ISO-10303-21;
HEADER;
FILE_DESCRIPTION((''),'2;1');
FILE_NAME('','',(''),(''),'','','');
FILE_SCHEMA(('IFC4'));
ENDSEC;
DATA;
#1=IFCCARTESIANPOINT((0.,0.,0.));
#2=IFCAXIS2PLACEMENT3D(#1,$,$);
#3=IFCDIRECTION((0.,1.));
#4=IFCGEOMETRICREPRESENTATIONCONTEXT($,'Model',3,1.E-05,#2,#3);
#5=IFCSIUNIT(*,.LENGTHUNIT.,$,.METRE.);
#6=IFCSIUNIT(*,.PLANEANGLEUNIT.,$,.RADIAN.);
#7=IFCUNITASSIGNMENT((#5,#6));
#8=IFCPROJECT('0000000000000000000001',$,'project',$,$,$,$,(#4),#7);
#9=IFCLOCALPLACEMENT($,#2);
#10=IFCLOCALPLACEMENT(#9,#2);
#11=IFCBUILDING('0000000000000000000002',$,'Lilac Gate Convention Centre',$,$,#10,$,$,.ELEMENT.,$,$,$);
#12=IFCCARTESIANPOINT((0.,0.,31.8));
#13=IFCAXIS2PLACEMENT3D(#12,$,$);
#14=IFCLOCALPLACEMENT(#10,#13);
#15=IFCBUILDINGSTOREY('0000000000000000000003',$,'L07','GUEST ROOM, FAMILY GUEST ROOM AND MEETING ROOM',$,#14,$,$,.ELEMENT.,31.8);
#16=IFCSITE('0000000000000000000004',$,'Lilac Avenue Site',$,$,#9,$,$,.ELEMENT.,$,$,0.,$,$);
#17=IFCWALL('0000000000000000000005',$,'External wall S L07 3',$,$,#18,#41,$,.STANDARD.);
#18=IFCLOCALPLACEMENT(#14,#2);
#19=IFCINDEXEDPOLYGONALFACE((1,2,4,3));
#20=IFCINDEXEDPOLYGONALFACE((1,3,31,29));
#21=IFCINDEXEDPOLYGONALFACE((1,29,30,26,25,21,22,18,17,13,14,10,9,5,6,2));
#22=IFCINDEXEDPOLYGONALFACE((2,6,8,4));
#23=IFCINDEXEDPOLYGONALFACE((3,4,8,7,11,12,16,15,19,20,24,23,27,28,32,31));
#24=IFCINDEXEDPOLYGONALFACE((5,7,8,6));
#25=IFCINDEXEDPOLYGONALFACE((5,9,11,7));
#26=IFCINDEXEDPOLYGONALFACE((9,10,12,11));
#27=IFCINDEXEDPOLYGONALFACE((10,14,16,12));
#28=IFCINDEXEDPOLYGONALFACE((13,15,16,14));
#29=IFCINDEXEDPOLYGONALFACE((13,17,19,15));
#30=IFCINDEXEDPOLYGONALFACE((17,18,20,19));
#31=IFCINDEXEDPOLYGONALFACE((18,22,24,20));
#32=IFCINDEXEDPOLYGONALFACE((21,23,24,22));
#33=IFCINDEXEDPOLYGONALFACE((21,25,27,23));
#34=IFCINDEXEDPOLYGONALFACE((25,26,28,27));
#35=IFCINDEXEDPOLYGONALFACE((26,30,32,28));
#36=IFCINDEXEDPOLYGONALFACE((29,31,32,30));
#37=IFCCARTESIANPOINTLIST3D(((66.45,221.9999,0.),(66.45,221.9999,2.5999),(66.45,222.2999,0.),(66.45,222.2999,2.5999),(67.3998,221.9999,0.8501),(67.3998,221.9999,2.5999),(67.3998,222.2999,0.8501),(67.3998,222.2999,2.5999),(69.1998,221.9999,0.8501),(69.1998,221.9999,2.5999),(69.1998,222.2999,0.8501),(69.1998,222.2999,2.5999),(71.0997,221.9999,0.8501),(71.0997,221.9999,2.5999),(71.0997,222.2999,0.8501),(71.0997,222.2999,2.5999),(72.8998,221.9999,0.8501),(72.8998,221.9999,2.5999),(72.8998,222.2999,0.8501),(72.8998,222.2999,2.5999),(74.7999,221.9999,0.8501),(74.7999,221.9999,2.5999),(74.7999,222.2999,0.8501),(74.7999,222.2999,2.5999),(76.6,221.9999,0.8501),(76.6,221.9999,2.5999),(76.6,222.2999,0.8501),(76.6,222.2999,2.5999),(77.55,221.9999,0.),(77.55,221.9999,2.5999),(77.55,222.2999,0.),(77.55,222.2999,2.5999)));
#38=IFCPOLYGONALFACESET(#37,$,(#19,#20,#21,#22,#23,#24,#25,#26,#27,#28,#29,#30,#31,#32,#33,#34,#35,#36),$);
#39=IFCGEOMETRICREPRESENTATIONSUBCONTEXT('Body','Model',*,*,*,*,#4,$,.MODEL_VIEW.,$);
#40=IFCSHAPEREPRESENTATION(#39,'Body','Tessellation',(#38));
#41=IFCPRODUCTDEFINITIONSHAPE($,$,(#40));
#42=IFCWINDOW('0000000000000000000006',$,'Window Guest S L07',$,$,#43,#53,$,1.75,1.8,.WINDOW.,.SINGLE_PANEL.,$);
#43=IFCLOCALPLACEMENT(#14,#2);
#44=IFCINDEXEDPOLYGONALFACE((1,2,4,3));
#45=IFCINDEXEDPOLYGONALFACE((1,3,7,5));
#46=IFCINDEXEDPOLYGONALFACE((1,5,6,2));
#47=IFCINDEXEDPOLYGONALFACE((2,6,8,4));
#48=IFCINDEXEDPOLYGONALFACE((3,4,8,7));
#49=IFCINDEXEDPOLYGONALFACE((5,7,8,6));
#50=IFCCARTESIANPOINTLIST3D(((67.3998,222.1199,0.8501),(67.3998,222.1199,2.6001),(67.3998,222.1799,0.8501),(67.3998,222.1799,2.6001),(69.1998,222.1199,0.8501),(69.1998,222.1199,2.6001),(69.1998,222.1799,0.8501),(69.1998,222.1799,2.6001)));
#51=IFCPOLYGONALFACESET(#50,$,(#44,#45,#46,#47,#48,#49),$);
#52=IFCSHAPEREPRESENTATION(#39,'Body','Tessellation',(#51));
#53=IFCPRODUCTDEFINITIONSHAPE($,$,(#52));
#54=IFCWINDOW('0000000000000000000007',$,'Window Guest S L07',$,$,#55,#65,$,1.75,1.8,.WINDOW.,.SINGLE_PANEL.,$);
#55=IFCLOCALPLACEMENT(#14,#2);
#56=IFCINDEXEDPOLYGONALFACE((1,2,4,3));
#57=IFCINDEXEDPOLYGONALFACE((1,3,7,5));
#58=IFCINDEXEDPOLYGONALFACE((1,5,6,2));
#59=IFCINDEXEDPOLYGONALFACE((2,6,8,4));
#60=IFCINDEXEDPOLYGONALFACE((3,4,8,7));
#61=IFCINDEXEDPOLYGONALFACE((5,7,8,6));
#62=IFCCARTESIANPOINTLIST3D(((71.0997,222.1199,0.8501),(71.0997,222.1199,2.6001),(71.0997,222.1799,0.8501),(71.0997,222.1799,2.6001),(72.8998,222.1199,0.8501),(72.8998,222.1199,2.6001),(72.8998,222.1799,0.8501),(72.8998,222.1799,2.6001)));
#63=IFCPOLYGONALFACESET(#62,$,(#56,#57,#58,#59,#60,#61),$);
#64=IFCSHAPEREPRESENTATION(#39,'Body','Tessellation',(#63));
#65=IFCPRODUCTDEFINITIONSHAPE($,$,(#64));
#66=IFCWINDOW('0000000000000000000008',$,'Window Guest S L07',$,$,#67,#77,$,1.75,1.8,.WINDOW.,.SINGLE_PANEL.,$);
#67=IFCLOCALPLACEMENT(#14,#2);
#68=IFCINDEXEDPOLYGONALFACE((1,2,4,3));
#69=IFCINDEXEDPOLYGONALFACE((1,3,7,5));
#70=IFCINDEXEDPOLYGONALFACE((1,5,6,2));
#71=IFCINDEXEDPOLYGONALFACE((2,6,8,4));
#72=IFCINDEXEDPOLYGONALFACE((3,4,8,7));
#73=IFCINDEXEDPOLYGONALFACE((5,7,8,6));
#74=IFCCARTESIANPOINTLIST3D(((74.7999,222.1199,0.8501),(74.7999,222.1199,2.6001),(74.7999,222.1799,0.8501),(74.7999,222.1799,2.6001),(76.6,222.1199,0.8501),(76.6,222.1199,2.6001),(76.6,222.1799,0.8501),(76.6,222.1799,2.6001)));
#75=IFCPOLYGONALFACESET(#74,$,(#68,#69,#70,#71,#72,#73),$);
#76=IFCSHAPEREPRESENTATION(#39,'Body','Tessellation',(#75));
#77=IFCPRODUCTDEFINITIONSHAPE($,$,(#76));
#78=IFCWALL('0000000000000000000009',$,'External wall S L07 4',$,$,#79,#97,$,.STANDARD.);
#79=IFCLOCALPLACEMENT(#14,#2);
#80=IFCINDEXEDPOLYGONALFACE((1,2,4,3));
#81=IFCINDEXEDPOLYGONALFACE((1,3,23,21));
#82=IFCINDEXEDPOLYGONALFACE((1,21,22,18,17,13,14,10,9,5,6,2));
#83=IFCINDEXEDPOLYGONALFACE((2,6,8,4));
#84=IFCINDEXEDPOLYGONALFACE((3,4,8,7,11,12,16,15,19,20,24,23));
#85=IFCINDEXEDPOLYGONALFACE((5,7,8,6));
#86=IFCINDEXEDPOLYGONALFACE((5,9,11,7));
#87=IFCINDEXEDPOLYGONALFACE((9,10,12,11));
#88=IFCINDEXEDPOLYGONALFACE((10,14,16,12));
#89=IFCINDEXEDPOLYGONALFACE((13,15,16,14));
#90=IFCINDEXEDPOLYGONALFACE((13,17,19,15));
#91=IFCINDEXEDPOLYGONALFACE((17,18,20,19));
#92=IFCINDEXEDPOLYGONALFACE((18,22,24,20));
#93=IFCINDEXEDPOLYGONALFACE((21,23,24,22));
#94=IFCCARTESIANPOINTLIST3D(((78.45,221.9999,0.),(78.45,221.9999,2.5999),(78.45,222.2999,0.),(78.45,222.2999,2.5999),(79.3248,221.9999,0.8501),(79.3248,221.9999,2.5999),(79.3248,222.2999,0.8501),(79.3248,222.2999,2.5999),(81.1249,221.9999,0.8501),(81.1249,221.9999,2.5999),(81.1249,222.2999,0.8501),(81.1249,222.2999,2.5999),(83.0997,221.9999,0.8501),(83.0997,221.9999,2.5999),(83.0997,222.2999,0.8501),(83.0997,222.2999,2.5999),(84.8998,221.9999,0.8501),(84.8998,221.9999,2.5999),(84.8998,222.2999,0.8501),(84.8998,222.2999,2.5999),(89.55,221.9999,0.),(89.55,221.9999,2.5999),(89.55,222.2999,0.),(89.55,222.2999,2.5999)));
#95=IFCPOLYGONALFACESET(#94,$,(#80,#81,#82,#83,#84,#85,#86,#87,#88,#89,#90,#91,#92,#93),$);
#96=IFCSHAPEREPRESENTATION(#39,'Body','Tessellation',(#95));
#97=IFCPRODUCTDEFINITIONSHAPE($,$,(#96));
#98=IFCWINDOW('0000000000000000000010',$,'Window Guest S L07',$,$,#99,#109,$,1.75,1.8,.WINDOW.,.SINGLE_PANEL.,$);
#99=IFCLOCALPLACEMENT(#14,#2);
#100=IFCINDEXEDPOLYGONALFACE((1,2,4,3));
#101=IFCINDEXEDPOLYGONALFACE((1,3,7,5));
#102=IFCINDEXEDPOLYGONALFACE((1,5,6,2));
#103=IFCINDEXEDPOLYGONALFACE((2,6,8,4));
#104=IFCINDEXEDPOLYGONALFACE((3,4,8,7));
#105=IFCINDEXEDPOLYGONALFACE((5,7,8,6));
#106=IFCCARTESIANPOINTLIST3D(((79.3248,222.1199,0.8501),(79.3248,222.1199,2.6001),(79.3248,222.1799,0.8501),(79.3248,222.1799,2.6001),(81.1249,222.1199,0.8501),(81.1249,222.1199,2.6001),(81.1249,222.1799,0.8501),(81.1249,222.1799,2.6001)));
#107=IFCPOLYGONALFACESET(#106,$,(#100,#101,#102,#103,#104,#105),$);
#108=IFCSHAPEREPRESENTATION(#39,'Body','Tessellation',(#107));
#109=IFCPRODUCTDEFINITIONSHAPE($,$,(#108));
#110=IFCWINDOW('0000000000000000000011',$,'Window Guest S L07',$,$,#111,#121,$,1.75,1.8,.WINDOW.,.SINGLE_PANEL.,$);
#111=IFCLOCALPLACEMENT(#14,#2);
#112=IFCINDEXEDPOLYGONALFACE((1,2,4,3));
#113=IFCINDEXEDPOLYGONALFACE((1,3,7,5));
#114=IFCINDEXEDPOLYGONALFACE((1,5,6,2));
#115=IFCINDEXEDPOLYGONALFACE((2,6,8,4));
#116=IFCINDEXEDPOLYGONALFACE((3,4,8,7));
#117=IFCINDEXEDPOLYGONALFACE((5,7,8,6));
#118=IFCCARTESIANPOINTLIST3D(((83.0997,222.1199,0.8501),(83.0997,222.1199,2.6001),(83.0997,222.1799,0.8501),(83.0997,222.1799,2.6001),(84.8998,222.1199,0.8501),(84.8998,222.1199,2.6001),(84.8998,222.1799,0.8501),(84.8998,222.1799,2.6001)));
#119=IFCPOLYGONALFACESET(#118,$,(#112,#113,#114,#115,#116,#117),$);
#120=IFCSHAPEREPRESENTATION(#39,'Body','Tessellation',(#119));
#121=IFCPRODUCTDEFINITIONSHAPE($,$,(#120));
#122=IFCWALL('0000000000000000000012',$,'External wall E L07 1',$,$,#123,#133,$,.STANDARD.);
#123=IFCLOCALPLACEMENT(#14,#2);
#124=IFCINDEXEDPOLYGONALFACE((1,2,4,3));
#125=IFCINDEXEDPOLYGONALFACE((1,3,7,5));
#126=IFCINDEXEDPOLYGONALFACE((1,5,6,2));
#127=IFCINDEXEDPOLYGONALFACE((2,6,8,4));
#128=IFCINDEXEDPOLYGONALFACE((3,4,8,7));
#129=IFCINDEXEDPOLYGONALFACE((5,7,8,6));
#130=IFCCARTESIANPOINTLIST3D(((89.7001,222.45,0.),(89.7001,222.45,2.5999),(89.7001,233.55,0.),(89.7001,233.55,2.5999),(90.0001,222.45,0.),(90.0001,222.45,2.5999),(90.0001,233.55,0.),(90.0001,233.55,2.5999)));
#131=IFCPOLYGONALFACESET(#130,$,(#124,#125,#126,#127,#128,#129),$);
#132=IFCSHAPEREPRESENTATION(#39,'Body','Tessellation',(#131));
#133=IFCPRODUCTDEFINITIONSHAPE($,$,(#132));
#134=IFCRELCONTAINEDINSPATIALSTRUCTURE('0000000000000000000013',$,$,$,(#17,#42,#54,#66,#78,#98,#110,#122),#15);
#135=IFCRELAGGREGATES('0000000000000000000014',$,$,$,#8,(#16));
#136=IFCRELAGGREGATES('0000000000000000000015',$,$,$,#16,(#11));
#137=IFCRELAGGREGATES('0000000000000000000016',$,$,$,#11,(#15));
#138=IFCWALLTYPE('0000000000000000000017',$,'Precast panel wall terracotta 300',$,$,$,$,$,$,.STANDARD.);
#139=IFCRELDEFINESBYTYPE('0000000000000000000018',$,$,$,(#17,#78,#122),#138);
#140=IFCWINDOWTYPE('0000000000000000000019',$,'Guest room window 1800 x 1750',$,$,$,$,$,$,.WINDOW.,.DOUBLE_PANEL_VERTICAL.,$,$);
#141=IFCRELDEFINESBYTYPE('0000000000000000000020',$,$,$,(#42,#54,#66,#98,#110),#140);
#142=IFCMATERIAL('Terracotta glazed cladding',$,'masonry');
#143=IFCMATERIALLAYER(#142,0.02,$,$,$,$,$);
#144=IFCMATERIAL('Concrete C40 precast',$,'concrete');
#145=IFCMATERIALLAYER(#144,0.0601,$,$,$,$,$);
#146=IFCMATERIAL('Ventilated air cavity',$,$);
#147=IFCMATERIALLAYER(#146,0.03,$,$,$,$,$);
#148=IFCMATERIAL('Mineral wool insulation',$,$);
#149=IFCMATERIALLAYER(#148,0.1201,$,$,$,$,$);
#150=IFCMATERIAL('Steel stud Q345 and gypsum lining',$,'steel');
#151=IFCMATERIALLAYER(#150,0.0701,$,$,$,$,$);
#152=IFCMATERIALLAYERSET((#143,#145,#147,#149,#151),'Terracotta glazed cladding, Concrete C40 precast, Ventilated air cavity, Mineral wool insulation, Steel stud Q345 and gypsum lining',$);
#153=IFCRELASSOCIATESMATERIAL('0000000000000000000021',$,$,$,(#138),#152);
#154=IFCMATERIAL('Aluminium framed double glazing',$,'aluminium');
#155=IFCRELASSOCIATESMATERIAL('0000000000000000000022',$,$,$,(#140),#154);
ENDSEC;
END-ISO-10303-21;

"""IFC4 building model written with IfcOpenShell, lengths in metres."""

from ifc_helpers import new_model, si_unit, direction, frame, frame_2d, origin, place, context, subcontext, project, spatial, rectangle, extrude, material, layer, layer_set, type_object, element, fill, save


model = new_model("IFC4")

# Units and contexts
model_context = context("Model", 3, precision=1e-05, world=origin(), true_north=direction((0.0, 1.0)))
body_context = subcontext(model_context, "Body", "Model", "MODEL_VIEW")
ifc_project = project(units=[si_unit("LENGTHUNIT", "METRE"), si_unit("PLANEANGLEUNIT", "RADIAN")], contexts=[model_context])

# Site, building, storey
site_placement = place(None, origin())
site = spatial("IfcSite", under=ifc_project, at=site_placement, Name="Lilac Avenue Site", CompositionType="ELEMENT", RefElevation=0.0)
building_placement = place(site_placement, origin())
building = spatial("IfcBuilding", under=site, at=building_placement, Name="Lilac Gate Convention Centre", CompositionType="ELEMENT")
storey_placement = place(building_placement, frame((0.0, 0.0, 31.8)))
storey = spatial("IfcBuildingStorey", under=building, at=storey_placement, Name="L07", Description="GUEST ROOM, FAMILY GUEST ROOM AND MEETING ROOM", CompositionType="ELEMENT", Elevation=31.8)

# Shared definitions
ifc_material_1 = material(Name="Concrete C40 precast", Category="concrete")
ifc_material_2 = material(Name="Terracotta glazed cladding", Category="masonry")

# Walls, openings, windows
ifc_layer_1 = layer(ifc_material_2, 0.02)
ifc_layer_2 = layer(ifc_material_1, 0.0601)
ifc_material_3 = material(Name="Ventilated air cavity")
ifc_layer_3 = layer(ifc_material_3, 0.03)
ifc_material_4 = material(Name="Mineral wool insulation")
ifc_layer_4 = layer(ifc_material_4, 0.1201)
ifc_material_5 = material(Name="Steel stud Q345 and gypsum lining", Category="steel")
ifc_layer_5 = layer(ifc_material_5, 0.0701)
ifc_layer_set_1 = layer_set([ifc_layer_1, ifc_layer_2, ifc_layer_3, ifc_layer_4, ifc_layer_5], Name="Terracotta glazed cladding, Concrete C40 precast, Ventilated air cavity, Mineral wool insulation, Steel stud Q345 and gypsum lining")
wall_type_1 = type_object("IfcWallType", Name="Precast panel wall terracotta 300", PredefinedType="STANDARD", material=ifc_layer_set_1)
ifc_material_6 = material(Name="Aluminium framed double glazing", Category="aluminium")
window_type = type_object("IfcWindowType", Name="Guest room window 1800 x 1750", PartitioningType="DOUBLE_PANEL_VERTICAL", PredefinedType="WINDOW", material=ifc_material_6)
wall_1_placement = place(storey_placement, frame((66.45, 222.1499, 0.0), z_axis=(0.0, 0.0, 1.0), x_axis=(1.0, 0.0, 0.0)))
wall_1 = element("IfcWall", 1, at=wall_1_placement, inside=storey, type_object=wall_type_1, Name="External wall S L07 3", PredefinedType="STANDARD", context=body_context, shape_type="SweptSolid", body=[
    extrude(rectangle(XDim=11.1001, YDim=0.3, at=frame_2d((5.55, 0.0))), origin(), (0.0, 0.0, 1.0), 2.5999),
])
opening_1_placement = place(wall_1_placement, frame((0.95, 0.0, 0.8501)))
opening_1 = element("IfcOpeningElement", 2, at=opening_1_placement, cuts=wall_1, PredefinedType="OPENING", context=body_context, shape_type="SweptSolid", body=[
    extrude(rectangle(XDim=1.8, YDim=1.75, at=frame_2d((0.8999, 0.875))), frame((0.0, 0.1599, 0.0), z_axis=(0.0, -1.0, 0.0), x_axis=(1.0, 0.0, 0.0)), (0.0, 0.0, 1.0), 0.3201),
])
opening_2_placement = place(wall_1_placement, frame((4.6499, 0.0, 0.8501)))
opening_2 = element("IfcOpeningElement", 3, at=opening_2_placement, cuts=wall_1, PredefinedType="OPENING", context=body_context, shape_type="SweptSolid", body=[
    extrude(rectangle(XDim=1.8, YDim=1.75, at=frame_2d((0.8999, 0.875))), frame((0.0, 0.1599, 0.0), z_axis=(0.0, -1.0, 0.0), x_axis=(1.0, 0.0, 0.0)), (0.0, 0.0, 1.0), 0.3201),
])
opening_3_placement = place(wall_1_placement, frame((8.3501, 0.0, 0.8501)))
opening_3 = element("IfcOpeningElement", 4, at=opening_3_placement, cuts=wall_1, PredefinedType="OPENING", context=body_context, shape_type="SweptSolid", body=[
    extrude(rectangle(XDim=1.8, YDim=1.75, at=frame_2d((0.8999, 0.875))), frame((0.0, 0.1599, 0.0), z_axis=(0.0, -1.0, 0.0), x_axis=(1.0, 0.0, 0.0)), (0.0, 0.0, 1.0), 0.3201),
])
window_1_placement = place(opening_1_placement, origin())
window_1 = element("IfcWindow", 5, at=window_1_placement, inside=storey, type_object=window_type, Name="Window Guest S L07", OverallHeight=1.75, OverallWidth=1.8, PartitioningType="SINGLE_PANEL", PredefinedType="WINDOW", context=body_context, shape_type="SweptSolid", body=[
    extrude(rectangle(XDim=1.8, YDim=1.75, at=frame_2d((0.8999, 0.875))), frame((0.0, 0.03, 0.0), z_axis=(0.0, -1.0, 0.0), x_axis=(1.0, 0.0, 0.0)), (0.0, 0.0, 1.0), 0.0601),
])
fill(opening_1, window_1)
window_2_placement = place(opening_2_placement, origin())
window_2 = element("IfcWindow", 6, at=window_2_placement, inside=storey, type_object=window_type, Name="Window Guest S L07", OverallHeight=1.75, OverallWidth=1.8, PartitioningType="SINGLE_PANEL", PredefinedType="WINDOW", context=body_context, shape_type="SweptSolid", body=[
    extrude(rectangle(XDim=1.8, YDim=1.75, at=frame_2d((0.8999, 0.875))), frame((0.0, 0.03, 0.0), z_axis=(0.0, -1.0, 0.0), x_axis=(1.0, 0.0, 0.0)), (0.0, 0.0, 1.0), 0.0601),
])
fill(opening_2, window_2)
window_3_placement = place(opening_3_placement, origin())
window_3 = element("IfcWindow", 7, at=window_3_placement, inside=storey, type_object=window_type, Name="Window Guest S L07", OverallHeight=1.75, OverallWidth=1.8, PartitioningType="SINGLE_PANEL", PredefinedType="WINDOW", context=body_context, shape_type="SweptSolid", body=[
    extrude(rectangle(XDim=1.8, YDim=1.75, at=frame_2d((0.8999, 0.875))), frame((0.0, 0.03, 0.0), z_axis=(0.0, -1.0, 0.0), x_axis=(1.0, 0.0, 0.0)), (0.0, 0.0, 1.0), 0.0601),
])
fill(opening_3, window_3)
wall_2_placement = place(storey_placement, frame((78.45, 222.1499, 0.0), z_axis=(0.0, 0.0, 1.0), x_axis=(1.0, 0.0, 0.0)))
wall_2 = element("IfcWall", 8, at=wall_2_placement, inside=storey, type_object=wall_type_1, Name="External wall S L07 4", PredefinedType="STANDARD", context=body_context, shape_type="SweptSolid", body=[
    extrude(rectangle(XDim=11.1001, YDim=0.3, at=frame_2d((5.55, 0.0))), origin(), (0.0, 0.0, 1.0), 2.5999),
])
opening_4_placement = place(wall_2_placement, frame((0.875, 0.0, 0.8501)))
opening_4 = element("IfcOpeningElement", 9, at=opening_4_placement, cuts=wall_2, PredefinedType="OPENING", context=body_context, shape_type="SweptSolid", body=[
    extrude(rectangle(XDim=1.8, YDim=1.75, at=frame_2d((0.8999, 0.875))), frame((0.0, 0.1599, 0.0), z_axis=(0.0, -1.0, 0.0), x_axis=(1.0, 0.0, 0.0)), (0.0, 0.0, 1.0), 0.3201),
])
opening_5_placement = place(wall_2_placement, frame((4.6499, 0.0, 0.8501)))
opening_5 = element("IfcOpeningElement", 10, at=opening_5_placement, cuts=wall_2, PredefinedType="OPENING", context=body_context, shape_type="SweptSolid", body=[
    extrude(rectangle(XDim=1.8, YDim=1.75, at=frame_2d((0.8999, 0.875))), frame((0.0, 0.1599, 0.0), z_axis=(0.0, -1.0, 0.0), x_axis=(1.0, 0.0, 0.0)), (0.0, 0.0, 1.0), 0.3201),
])
window_4_placement = place(opening_4_placement, origin())
window_4 = element("IfcWindow", 11, at=window_4_placement, inside=storey, type_object=window_type, Name="Window Guest S L07", OverallHeight=1.75, OverallWidth=1.8, PartitioningType="SINGLE_PANEL", PredefinedType="WINDOW", context=body_context, shape_type="SweptSolid", body=[
    extrude(rectangle(XDim=1.8, YDim=1.75, at=frame_2d((0.8999, 0.875))), frame((0.0, 0.03, 0.0), z_axis=(0.0, -1.0, 0.0), x_axis=(1.0, 0.0, 0.0)), (0.0, 0.0, 1.0), 0.0601),
])
fill(opening_4, window_4)
window_5_placement = place(opening_5_placement, origin())
window_5 = element("IfcWindow", 12, at=window_5_placement, inside=storey, type_object=window_type, Name="Window Guest S L07", OverallHeight=1.75, OverallWidth=1.8, PartitioningType="SINGLE_PANEL", PredefinedType="WINDOW", context=body_context, shape_type="SweptSolid", body=[
    extrude(rectangle(XDim=1.8, YDim=1.75, at=frame_2d((0.8999, 0.875))), frame((0.0, 0.03, 0.0), z_axis=(0.0, -1.0, 0.0), x_axis=(1.0, 0.0, 0.0)), (0.0, 0.0, 1.0), 0.0601),
])
fill(opening_5, window_5)

# Wall
wall_3_placement = place(storey_placement, frame((89.8501, 222.45, 0.0), z_axis=(0.0, 0.0, 1.0), x_axis=(0.0, 1.0, 0.0)))
element("IfcWall", 13, at=wall_3_placement, inside=storey, type_object=wall_type_1, Name="External wall E L07 1", PredefinedType="STANDARD", context=body_context, shape_type="SweptSolid", body=[
    extrude(rectangle(XDim=11.1001, YDim=0.3, at=frame_2d((5.55, 0.0))), origin(), (0.0, 0.0, 1.0), 2.5999),
])

save(model, "model.ifc")
